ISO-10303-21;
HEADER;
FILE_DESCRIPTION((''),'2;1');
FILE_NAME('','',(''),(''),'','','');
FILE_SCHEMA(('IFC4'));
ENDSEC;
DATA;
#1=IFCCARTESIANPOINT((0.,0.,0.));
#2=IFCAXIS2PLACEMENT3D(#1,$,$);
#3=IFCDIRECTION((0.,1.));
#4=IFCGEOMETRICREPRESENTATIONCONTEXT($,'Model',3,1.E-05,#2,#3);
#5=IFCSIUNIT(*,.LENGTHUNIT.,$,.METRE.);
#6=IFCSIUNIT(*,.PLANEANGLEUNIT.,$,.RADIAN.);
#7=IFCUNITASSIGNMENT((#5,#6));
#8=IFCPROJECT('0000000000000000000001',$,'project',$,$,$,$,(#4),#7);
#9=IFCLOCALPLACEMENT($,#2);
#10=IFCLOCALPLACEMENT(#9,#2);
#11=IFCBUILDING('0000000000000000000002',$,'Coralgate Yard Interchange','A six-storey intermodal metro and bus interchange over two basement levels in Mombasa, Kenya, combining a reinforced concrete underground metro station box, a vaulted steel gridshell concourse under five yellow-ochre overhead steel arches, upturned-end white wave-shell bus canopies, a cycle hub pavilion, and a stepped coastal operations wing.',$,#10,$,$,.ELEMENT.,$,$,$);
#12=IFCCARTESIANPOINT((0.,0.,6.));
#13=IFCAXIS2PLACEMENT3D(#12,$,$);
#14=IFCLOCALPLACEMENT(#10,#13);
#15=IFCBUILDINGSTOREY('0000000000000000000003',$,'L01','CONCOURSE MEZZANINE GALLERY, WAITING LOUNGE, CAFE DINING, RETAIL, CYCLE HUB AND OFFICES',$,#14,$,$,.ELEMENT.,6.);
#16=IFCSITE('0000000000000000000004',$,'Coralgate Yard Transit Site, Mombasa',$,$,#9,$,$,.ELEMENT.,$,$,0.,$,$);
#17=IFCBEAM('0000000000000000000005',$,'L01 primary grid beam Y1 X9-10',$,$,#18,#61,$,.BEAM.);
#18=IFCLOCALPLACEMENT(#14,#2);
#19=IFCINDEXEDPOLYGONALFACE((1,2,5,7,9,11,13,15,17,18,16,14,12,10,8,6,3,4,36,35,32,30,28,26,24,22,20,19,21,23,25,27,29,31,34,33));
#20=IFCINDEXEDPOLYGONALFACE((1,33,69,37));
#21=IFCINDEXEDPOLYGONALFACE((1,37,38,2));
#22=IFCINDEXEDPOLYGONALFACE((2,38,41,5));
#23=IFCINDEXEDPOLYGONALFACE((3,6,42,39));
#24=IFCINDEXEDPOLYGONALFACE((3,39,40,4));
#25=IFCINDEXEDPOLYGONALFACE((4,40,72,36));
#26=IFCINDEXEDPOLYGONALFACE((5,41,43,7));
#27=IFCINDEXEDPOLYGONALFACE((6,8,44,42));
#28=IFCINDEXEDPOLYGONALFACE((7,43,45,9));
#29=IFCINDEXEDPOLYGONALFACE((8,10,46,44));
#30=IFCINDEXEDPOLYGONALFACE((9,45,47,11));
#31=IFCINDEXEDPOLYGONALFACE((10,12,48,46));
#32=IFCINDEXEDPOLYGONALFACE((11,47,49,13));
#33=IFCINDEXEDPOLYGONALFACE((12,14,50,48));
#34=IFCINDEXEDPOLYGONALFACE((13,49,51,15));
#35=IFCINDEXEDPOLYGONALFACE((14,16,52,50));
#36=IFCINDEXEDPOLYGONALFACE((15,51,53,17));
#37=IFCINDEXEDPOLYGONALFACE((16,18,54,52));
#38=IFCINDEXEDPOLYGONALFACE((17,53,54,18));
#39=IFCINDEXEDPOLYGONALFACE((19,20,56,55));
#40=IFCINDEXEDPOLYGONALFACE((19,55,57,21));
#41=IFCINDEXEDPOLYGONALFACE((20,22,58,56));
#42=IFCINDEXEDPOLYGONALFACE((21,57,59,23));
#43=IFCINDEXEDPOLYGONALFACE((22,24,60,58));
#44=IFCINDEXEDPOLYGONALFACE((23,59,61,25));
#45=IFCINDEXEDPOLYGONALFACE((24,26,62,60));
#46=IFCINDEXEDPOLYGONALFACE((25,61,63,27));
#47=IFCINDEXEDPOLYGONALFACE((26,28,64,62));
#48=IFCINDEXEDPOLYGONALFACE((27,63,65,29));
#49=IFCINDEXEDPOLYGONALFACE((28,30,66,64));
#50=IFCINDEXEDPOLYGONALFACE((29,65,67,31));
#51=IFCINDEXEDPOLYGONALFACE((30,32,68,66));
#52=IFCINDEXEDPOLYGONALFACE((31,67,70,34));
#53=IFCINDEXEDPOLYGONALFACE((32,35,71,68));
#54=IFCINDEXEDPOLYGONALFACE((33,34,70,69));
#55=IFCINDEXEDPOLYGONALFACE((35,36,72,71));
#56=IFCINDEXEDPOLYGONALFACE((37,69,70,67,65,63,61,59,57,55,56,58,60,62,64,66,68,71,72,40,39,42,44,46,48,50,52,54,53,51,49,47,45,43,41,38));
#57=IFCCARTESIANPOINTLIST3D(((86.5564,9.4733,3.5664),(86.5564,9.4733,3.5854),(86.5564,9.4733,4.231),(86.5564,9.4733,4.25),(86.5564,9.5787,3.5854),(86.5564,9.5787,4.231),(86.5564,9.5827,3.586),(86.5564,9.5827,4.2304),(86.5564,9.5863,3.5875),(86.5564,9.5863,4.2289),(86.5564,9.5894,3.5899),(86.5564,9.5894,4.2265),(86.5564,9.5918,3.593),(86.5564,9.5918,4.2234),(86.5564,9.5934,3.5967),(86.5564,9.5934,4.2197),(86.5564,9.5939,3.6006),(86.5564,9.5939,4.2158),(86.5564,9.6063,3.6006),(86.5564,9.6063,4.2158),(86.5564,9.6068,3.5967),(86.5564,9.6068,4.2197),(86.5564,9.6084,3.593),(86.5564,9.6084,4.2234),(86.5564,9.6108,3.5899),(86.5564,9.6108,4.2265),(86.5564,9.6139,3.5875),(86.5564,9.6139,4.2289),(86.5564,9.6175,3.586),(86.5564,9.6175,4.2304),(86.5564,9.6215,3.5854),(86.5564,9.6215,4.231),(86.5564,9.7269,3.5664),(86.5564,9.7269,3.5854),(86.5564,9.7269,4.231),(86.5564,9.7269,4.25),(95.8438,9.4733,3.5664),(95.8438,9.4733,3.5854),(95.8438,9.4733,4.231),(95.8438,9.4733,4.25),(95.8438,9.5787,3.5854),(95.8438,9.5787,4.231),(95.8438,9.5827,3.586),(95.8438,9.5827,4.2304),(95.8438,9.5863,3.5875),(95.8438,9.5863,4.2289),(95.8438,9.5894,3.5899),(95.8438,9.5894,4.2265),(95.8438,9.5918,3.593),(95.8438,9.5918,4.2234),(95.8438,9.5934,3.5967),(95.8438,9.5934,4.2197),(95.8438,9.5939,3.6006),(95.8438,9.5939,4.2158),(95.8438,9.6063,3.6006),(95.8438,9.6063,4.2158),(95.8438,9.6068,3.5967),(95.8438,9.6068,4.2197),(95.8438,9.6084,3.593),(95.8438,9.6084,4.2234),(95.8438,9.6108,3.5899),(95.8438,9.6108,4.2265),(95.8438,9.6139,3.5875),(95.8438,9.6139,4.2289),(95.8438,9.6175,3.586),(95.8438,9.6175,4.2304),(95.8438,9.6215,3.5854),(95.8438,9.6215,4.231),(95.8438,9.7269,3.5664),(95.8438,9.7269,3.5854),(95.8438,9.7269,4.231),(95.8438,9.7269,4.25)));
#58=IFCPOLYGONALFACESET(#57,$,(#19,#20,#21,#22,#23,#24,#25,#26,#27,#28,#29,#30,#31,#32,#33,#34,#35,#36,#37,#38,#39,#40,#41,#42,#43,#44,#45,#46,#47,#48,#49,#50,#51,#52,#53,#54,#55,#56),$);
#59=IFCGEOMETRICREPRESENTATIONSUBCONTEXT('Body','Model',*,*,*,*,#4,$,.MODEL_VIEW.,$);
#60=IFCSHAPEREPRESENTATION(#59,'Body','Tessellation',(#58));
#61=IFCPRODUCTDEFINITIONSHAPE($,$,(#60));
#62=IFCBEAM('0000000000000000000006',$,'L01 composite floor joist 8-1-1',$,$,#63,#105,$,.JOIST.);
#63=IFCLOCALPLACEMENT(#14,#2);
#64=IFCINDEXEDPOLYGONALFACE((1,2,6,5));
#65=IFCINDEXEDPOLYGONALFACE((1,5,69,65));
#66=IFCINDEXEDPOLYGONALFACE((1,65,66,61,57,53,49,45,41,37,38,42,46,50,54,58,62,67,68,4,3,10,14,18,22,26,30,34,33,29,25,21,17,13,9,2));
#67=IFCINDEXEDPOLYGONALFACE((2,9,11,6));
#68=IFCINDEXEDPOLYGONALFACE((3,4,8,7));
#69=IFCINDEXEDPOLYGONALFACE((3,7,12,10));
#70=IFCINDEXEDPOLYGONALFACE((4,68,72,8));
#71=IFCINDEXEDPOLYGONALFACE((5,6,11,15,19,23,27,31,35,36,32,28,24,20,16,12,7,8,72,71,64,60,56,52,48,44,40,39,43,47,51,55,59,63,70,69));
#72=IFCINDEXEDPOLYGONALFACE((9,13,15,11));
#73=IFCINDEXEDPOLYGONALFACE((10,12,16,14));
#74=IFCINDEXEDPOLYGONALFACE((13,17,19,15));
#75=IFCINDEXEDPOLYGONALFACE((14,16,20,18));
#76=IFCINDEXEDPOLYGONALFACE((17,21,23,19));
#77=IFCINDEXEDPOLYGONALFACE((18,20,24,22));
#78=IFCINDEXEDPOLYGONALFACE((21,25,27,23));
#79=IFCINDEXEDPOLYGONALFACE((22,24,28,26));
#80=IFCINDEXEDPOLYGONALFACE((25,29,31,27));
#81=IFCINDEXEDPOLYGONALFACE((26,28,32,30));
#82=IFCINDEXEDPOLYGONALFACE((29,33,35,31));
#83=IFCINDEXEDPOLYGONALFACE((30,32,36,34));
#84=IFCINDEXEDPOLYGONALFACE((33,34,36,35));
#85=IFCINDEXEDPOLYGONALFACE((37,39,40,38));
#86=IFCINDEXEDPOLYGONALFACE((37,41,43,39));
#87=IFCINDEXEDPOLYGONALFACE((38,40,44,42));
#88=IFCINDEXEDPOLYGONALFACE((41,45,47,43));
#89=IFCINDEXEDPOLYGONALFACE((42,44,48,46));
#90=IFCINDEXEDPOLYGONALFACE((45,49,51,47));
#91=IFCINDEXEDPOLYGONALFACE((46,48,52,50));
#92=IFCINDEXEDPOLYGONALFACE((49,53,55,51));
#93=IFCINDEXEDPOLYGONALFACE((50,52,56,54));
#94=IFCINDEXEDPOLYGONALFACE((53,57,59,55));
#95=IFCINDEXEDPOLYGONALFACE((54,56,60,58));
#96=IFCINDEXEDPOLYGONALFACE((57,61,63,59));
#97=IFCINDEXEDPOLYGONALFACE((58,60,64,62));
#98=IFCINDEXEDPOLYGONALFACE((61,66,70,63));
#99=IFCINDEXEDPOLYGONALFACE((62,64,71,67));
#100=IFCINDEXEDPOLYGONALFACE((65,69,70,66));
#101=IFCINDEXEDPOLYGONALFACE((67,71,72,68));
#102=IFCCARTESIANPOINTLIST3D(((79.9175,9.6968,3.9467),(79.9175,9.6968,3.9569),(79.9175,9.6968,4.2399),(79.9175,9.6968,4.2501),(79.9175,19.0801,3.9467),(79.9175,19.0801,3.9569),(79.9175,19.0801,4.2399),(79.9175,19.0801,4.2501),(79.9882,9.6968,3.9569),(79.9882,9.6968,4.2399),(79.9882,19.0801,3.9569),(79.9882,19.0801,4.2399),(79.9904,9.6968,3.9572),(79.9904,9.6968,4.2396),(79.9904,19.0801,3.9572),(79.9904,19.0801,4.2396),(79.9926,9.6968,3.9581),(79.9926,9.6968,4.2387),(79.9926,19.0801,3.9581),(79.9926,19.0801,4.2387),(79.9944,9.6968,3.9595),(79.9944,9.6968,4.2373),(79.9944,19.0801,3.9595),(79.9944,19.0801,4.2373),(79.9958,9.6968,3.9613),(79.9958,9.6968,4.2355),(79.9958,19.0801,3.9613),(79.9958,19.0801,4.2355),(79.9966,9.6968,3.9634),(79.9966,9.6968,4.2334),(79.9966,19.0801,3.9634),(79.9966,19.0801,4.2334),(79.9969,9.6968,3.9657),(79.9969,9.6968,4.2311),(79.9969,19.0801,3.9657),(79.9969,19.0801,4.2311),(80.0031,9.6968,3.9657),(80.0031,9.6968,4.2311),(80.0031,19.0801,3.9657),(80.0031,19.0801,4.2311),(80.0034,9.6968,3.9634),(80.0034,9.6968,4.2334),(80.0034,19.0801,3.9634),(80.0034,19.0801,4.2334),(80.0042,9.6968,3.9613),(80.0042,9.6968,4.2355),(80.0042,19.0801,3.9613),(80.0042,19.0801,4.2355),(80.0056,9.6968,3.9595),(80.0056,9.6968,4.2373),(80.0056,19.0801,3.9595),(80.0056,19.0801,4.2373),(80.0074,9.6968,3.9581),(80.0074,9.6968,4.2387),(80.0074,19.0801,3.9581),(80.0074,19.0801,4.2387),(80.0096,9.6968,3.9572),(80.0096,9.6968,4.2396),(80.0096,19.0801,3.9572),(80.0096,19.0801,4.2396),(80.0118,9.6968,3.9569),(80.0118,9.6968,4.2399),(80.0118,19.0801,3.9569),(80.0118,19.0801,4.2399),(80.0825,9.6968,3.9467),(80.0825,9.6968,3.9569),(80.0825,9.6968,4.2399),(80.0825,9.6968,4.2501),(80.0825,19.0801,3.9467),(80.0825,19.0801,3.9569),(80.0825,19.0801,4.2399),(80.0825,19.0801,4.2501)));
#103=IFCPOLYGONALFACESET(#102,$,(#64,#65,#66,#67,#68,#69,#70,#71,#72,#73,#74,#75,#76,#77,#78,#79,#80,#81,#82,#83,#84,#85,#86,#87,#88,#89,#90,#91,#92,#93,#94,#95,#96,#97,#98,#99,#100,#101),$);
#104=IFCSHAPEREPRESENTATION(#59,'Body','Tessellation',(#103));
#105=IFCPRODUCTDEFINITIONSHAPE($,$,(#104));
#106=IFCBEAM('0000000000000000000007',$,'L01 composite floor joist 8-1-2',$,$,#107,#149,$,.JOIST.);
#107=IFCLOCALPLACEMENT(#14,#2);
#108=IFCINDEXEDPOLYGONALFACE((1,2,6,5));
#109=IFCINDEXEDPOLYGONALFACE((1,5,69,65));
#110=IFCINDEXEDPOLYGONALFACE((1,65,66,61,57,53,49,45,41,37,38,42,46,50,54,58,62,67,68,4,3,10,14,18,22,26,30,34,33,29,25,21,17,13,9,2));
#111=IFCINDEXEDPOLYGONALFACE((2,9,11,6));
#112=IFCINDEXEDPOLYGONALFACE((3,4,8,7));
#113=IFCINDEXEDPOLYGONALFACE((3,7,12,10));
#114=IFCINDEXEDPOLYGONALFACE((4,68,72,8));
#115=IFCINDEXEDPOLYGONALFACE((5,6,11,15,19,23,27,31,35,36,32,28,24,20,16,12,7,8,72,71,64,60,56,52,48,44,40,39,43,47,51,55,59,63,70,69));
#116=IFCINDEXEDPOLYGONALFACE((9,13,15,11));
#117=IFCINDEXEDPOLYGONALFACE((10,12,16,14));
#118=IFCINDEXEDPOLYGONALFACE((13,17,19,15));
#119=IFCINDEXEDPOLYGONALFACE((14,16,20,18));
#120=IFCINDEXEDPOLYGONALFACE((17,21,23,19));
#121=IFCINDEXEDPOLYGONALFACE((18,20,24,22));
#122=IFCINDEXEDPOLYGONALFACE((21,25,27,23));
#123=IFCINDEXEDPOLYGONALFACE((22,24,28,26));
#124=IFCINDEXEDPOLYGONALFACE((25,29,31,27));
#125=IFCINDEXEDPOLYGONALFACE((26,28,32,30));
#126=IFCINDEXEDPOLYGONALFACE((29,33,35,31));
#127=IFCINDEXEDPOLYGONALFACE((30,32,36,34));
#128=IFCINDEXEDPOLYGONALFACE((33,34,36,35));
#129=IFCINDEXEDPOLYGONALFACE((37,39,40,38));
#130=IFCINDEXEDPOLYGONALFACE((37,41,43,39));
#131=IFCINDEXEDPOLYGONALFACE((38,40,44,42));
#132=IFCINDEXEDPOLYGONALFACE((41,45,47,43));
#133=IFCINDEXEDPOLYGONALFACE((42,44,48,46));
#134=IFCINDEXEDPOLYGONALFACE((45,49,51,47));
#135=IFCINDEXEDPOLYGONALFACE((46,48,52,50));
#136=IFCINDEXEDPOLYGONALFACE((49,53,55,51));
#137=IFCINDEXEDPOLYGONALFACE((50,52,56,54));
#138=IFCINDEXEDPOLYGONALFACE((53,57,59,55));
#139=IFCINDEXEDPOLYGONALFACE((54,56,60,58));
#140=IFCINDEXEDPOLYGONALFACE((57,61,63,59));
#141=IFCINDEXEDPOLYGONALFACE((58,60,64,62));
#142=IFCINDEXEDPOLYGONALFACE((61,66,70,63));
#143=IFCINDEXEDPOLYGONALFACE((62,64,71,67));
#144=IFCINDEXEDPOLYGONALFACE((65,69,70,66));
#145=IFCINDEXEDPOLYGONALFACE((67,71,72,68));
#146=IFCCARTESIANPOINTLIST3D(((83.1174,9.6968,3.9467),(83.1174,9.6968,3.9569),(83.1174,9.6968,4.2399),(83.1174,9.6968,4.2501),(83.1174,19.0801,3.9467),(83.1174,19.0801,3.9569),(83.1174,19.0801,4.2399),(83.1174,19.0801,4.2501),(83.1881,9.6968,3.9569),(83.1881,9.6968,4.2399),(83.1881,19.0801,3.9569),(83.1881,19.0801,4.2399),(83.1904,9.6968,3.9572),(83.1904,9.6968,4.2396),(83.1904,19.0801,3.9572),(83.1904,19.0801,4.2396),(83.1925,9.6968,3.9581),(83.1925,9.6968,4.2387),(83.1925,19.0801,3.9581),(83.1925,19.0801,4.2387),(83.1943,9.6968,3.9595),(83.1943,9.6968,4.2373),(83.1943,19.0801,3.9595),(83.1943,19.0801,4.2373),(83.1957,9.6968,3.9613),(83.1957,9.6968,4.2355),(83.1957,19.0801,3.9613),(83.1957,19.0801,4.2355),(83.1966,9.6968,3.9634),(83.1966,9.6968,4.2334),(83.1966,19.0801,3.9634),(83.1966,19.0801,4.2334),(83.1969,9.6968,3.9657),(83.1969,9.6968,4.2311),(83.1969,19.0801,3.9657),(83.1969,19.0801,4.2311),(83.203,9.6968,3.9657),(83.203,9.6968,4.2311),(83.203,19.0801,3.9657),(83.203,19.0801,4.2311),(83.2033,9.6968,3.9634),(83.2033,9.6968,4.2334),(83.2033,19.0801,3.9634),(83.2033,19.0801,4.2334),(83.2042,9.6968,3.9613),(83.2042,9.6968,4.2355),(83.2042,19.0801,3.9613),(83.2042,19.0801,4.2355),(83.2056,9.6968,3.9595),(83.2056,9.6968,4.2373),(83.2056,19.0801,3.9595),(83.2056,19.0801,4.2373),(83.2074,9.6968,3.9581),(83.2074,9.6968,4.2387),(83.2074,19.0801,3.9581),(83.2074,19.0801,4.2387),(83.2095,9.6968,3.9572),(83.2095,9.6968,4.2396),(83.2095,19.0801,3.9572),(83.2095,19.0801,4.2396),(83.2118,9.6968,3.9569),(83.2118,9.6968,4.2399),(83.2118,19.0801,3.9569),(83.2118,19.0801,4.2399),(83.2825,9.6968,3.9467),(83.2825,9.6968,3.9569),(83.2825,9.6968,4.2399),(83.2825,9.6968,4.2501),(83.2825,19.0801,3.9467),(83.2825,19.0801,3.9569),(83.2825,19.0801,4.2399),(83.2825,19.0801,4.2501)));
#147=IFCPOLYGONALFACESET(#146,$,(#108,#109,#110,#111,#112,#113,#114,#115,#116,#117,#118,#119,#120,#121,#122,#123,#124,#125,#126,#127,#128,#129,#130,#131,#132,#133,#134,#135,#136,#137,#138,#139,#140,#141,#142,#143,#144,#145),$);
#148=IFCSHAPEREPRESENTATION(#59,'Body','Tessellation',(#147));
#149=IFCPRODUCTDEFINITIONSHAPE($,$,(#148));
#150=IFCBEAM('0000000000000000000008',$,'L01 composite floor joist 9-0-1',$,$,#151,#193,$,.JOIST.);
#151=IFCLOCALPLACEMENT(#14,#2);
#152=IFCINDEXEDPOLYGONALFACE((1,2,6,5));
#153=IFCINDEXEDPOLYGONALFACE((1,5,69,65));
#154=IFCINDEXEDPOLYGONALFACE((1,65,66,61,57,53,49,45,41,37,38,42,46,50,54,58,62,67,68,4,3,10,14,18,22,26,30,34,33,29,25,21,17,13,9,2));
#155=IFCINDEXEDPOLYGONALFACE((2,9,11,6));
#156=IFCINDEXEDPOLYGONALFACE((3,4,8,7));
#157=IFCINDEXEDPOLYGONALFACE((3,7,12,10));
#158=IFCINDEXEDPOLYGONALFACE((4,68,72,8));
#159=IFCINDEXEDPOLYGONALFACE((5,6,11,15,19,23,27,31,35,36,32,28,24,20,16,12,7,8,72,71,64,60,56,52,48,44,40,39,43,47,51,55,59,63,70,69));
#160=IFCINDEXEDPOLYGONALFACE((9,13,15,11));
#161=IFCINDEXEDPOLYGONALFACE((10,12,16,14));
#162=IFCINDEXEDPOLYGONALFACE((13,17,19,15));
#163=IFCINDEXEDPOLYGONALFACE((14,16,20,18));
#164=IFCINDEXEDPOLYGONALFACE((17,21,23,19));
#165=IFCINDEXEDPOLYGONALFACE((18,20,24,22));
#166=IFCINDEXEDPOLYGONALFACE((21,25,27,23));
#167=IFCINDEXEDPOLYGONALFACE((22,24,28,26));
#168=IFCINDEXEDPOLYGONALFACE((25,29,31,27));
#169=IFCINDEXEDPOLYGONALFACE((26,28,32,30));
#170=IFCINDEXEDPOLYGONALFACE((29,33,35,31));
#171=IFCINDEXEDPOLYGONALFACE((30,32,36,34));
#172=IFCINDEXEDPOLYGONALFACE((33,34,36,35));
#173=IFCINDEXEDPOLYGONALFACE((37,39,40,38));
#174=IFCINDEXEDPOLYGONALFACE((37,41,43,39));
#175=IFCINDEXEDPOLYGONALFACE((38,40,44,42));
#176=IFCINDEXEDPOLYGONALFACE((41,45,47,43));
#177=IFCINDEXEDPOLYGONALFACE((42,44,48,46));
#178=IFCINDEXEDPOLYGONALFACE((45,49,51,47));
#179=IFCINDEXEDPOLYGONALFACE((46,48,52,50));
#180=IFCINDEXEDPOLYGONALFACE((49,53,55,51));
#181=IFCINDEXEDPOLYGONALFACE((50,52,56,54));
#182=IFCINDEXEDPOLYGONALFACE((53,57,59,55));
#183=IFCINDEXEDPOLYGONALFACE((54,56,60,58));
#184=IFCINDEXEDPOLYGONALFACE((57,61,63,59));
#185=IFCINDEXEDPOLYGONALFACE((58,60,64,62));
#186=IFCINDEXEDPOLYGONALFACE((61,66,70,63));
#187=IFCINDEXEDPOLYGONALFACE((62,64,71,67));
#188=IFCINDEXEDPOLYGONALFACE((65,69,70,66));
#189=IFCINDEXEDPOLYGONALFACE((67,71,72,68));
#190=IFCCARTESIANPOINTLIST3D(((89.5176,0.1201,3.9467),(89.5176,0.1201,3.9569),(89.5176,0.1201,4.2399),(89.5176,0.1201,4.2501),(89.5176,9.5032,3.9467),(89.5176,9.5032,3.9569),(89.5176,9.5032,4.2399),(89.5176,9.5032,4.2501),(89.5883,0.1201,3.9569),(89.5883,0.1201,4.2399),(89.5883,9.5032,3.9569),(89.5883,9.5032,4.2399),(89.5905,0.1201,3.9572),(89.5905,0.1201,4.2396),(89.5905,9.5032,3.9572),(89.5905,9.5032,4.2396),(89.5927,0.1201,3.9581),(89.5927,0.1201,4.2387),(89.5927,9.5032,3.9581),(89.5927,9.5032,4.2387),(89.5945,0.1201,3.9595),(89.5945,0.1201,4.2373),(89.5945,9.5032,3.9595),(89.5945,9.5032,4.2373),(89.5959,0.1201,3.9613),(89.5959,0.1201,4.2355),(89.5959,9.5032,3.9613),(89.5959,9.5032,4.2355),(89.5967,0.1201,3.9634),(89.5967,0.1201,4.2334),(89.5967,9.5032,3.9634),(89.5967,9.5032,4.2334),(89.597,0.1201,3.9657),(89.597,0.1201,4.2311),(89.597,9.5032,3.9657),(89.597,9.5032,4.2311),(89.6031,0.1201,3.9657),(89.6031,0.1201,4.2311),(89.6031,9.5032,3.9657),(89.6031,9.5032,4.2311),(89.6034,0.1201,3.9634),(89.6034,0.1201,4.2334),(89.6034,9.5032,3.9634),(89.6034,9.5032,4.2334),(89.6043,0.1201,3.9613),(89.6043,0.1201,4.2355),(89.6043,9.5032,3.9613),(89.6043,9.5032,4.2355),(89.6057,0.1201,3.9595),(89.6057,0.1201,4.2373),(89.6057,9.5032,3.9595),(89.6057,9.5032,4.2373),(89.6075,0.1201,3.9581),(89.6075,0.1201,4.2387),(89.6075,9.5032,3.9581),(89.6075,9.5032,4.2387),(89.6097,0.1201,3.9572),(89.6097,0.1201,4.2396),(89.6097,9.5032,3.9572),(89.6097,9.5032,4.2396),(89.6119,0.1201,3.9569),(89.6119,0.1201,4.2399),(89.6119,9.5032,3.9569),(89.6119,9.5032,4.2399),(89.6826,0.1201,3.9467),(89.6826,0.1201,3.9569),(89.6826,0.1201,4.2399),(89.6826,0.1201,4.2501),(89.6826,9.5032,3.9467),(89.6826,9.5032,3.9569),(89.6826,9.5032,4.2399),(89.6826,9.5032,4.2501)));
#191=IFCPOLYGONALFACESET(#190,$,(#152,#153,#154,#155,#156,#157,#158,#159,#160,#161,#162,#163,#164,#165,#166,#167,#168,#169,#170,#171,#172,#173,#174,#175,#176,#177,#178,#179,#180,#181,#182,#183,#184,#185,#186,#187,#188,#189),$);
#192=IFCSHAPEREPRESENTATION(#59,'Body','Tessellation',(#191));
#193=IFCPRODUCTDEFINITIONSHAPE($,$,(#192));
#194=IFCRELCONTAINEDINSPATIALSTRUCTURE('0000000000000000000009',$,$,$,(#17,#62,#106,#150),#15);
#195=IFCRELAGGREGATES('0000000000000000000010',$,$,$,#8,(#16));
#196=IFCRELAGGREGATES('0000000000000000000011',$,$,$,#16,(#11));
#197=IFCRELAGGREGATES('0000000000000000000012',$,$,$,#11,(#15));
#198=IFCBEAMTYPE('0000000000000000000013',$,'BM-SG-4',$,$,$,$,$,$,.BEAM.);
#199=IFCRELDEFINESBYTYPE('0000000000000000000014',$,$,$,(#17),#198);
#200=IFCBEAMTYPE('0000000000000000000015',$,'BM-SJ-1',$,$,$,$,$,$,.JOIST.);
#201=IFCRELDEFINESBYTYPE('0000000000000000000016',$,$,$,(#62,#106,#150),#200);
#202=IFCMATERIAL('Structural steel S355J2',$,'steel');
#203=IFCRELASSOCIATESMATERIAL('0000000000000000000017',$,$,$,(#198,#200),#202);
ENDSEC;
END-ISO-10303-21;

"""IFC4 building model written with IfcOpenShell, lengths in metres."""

from ifc_helpers import new_model, si_unit, direction, frame, origin, origin_2d, place, context, subcontext, project, spatial, i_section, extrude, material, material_profile, profile_set, type_object, element, save


model = new_model("IFC4")

# Units and contexts
model_context = context("Model", 3, precision=1e-05, world=origin(), true_north=direction((0.0, 1.0)))
body_context = subcontext(model_context, "Body", "Model", "MODEL_VIEW")
ifc_project = project(units=[si_unit("LENGTHUNIT", "METRE"), si_unit("PLANEANGLEUNIT", "RADIAN")], contexts=[model_context])

# Site, building, storey
site_placement = place(None, origin())
site = spatial("IfcSite", under=ifc_project, at=site_placement, Name="Coralgate Yard Transit Site, Mombasa", CompositionType="ELEMENT", RefElevation=0.0)
building_placement = place(site_placement, origin())
building = spatial("IfcBuilding", under=site, at=building_placement, Name="Coralgate Yard Interchange", Description="A six-storey intermodal metro and bus interchange over two basement levels in Mombasa, Kenya, combining a reinforced concrete underground metro station box, a vaulted steel gridshell concourse under five yellow-ochre overhead steel arches, upturned-end white wave-shell bus canopies, a cycle hub pavilion, and a stepped coastal operations wing.", CompositionType="ELEMENT")
storey_placement = place(building_placement, frame((0.0, 0.0, 6.0)))
storey = spatial("IfcBuildingStorey", under=building, at=storey_placement, Name="L01", Description="CONCOURSE MEZZANINE GALLERY, WAITING LOUNGE, CAFE DINING, RETAIL, CYCLE HUB AND OFFICES", CompositionType="ELEMENT", Elevation=6.0)

# Shared definitions
ifc_material_1 = material(Name="Structural steel S355J2", Category="steel")

# Beams
ifc_material_profile_1 = material_profile(ifc_material_1, i_section(OverallWidth=0.2537, OverallDepth=0.6836, WebThickness=0.0125, FlangeThickness=0.019, FilletRadius=0.0151, at=origin_2d()), Name="UB 686x254x140")
ifc_profile_set_1 = profile_set([ifc_material_profile_1], Name="Structural steel S355J2")
beam_type_1 = type_object("IfcBeamType", Name="BM-SG-4", PredefinedType="BEAM", material=ifc_profile_set_1)
beam_1_placement = place(storey_placement, frame((86.5564, 9.6001, 3.9082), z_axis=(1.0, 0.0, 0.0), x_axis=(0.0, 1.0, 0.0)))
element("IfcBeam", 1, at=beam_1_placement, inside=storey, type_object=beam_type_1, Name="L01 primary grid beam Y1 X9-10", PredefinedType="BEAM", context=body_context, shape_type="SweptSolid", body=[
    extrude(i_section(OverallWidth=0.2537, OverallDepth=0.6836, WebThickness=0.0125, FlangeThickness=0.019, FilletRadius=0.0151, at=origin_2d()), origin(), (0.0, 0.0, 1.0), 9.2874),
])
ifc_material_profile_2 = material_profile(ifc_material_1, i_section(OverallWidth=0.165, OverallDepth=0.3035, WebThickness=0.0061, FlangeThickness=0.0103, FilletRadius=0.0088, at=origin_2d()), Name="UB 305x165x40")
ifc_profile_set_2 = profile_set([ifc_material_profile_2], Name="Structural steel S355J2")
beam_type_2 = type_object("IfcBeamType", Name="BM-SJ-1", PredefinedType="JOIST", material=ifc_profile_set_2)
for number, where, z_axis, x_axis, name in (
    (2, (80.0, 9.6968, 4.0984), (0.0, 1.0, 0.0), (-1.0, 0.0, 0.0), "L01 composite floor joist 8-1-1"),
    (3, (83.2, 9.6968, 4.0984), (0.0, 1.0, 0.0), (-1.0, 0.0, 0.0), "L01 composite floor joist 8-1-2"),
):
    element("IfcBeam", number, at=place(storey_placement, frame(where, z_axis=z_axis, x_axis=x_axis)), inside=storey, type_object=beam_type_2, Name=name, PredefinedType="JOIST", context=body_context, shape_type="SweptSolid", body=[
        extrude(i_section(OverallWidth=0.165, OverallDepth=0.3035, WebThickness=0.0061, FlangeThickness=0.0103, FilletRadius=0.0088, at=origin_2d()), origin(), (0.0, 0.0, 1.0), 9.3833),
    ])
for number, where, z_axis, x_axis, name in (
    (4, (89.6001, 0.1201, 4.0984), (0.0, 1.0, 0.0), (-1.0, 0.0, 0.0), "L01 composite floor joist 9-0-1"),
):
    element("IfcBeam", number, at=place(storey_placement, frame(where, z_axis=z_axis, x_axis=x_axis)), inside=storey, type_object=beam_type_2, Name=name, PredefinedType="JOIST", context=body_context, shape_type="SweptSolid", body=[
        extrude(i_section(OverallWidth=0.165, OverallDepth=0.3035, WebThickness=0.0061, FlangeThickness=0.0103, FilletRadius=0.0088, at=origin_2d()), origin(), (0.0, 0.0, 1.0), 9.3831),
    ])

save(model, "model.ifc")
